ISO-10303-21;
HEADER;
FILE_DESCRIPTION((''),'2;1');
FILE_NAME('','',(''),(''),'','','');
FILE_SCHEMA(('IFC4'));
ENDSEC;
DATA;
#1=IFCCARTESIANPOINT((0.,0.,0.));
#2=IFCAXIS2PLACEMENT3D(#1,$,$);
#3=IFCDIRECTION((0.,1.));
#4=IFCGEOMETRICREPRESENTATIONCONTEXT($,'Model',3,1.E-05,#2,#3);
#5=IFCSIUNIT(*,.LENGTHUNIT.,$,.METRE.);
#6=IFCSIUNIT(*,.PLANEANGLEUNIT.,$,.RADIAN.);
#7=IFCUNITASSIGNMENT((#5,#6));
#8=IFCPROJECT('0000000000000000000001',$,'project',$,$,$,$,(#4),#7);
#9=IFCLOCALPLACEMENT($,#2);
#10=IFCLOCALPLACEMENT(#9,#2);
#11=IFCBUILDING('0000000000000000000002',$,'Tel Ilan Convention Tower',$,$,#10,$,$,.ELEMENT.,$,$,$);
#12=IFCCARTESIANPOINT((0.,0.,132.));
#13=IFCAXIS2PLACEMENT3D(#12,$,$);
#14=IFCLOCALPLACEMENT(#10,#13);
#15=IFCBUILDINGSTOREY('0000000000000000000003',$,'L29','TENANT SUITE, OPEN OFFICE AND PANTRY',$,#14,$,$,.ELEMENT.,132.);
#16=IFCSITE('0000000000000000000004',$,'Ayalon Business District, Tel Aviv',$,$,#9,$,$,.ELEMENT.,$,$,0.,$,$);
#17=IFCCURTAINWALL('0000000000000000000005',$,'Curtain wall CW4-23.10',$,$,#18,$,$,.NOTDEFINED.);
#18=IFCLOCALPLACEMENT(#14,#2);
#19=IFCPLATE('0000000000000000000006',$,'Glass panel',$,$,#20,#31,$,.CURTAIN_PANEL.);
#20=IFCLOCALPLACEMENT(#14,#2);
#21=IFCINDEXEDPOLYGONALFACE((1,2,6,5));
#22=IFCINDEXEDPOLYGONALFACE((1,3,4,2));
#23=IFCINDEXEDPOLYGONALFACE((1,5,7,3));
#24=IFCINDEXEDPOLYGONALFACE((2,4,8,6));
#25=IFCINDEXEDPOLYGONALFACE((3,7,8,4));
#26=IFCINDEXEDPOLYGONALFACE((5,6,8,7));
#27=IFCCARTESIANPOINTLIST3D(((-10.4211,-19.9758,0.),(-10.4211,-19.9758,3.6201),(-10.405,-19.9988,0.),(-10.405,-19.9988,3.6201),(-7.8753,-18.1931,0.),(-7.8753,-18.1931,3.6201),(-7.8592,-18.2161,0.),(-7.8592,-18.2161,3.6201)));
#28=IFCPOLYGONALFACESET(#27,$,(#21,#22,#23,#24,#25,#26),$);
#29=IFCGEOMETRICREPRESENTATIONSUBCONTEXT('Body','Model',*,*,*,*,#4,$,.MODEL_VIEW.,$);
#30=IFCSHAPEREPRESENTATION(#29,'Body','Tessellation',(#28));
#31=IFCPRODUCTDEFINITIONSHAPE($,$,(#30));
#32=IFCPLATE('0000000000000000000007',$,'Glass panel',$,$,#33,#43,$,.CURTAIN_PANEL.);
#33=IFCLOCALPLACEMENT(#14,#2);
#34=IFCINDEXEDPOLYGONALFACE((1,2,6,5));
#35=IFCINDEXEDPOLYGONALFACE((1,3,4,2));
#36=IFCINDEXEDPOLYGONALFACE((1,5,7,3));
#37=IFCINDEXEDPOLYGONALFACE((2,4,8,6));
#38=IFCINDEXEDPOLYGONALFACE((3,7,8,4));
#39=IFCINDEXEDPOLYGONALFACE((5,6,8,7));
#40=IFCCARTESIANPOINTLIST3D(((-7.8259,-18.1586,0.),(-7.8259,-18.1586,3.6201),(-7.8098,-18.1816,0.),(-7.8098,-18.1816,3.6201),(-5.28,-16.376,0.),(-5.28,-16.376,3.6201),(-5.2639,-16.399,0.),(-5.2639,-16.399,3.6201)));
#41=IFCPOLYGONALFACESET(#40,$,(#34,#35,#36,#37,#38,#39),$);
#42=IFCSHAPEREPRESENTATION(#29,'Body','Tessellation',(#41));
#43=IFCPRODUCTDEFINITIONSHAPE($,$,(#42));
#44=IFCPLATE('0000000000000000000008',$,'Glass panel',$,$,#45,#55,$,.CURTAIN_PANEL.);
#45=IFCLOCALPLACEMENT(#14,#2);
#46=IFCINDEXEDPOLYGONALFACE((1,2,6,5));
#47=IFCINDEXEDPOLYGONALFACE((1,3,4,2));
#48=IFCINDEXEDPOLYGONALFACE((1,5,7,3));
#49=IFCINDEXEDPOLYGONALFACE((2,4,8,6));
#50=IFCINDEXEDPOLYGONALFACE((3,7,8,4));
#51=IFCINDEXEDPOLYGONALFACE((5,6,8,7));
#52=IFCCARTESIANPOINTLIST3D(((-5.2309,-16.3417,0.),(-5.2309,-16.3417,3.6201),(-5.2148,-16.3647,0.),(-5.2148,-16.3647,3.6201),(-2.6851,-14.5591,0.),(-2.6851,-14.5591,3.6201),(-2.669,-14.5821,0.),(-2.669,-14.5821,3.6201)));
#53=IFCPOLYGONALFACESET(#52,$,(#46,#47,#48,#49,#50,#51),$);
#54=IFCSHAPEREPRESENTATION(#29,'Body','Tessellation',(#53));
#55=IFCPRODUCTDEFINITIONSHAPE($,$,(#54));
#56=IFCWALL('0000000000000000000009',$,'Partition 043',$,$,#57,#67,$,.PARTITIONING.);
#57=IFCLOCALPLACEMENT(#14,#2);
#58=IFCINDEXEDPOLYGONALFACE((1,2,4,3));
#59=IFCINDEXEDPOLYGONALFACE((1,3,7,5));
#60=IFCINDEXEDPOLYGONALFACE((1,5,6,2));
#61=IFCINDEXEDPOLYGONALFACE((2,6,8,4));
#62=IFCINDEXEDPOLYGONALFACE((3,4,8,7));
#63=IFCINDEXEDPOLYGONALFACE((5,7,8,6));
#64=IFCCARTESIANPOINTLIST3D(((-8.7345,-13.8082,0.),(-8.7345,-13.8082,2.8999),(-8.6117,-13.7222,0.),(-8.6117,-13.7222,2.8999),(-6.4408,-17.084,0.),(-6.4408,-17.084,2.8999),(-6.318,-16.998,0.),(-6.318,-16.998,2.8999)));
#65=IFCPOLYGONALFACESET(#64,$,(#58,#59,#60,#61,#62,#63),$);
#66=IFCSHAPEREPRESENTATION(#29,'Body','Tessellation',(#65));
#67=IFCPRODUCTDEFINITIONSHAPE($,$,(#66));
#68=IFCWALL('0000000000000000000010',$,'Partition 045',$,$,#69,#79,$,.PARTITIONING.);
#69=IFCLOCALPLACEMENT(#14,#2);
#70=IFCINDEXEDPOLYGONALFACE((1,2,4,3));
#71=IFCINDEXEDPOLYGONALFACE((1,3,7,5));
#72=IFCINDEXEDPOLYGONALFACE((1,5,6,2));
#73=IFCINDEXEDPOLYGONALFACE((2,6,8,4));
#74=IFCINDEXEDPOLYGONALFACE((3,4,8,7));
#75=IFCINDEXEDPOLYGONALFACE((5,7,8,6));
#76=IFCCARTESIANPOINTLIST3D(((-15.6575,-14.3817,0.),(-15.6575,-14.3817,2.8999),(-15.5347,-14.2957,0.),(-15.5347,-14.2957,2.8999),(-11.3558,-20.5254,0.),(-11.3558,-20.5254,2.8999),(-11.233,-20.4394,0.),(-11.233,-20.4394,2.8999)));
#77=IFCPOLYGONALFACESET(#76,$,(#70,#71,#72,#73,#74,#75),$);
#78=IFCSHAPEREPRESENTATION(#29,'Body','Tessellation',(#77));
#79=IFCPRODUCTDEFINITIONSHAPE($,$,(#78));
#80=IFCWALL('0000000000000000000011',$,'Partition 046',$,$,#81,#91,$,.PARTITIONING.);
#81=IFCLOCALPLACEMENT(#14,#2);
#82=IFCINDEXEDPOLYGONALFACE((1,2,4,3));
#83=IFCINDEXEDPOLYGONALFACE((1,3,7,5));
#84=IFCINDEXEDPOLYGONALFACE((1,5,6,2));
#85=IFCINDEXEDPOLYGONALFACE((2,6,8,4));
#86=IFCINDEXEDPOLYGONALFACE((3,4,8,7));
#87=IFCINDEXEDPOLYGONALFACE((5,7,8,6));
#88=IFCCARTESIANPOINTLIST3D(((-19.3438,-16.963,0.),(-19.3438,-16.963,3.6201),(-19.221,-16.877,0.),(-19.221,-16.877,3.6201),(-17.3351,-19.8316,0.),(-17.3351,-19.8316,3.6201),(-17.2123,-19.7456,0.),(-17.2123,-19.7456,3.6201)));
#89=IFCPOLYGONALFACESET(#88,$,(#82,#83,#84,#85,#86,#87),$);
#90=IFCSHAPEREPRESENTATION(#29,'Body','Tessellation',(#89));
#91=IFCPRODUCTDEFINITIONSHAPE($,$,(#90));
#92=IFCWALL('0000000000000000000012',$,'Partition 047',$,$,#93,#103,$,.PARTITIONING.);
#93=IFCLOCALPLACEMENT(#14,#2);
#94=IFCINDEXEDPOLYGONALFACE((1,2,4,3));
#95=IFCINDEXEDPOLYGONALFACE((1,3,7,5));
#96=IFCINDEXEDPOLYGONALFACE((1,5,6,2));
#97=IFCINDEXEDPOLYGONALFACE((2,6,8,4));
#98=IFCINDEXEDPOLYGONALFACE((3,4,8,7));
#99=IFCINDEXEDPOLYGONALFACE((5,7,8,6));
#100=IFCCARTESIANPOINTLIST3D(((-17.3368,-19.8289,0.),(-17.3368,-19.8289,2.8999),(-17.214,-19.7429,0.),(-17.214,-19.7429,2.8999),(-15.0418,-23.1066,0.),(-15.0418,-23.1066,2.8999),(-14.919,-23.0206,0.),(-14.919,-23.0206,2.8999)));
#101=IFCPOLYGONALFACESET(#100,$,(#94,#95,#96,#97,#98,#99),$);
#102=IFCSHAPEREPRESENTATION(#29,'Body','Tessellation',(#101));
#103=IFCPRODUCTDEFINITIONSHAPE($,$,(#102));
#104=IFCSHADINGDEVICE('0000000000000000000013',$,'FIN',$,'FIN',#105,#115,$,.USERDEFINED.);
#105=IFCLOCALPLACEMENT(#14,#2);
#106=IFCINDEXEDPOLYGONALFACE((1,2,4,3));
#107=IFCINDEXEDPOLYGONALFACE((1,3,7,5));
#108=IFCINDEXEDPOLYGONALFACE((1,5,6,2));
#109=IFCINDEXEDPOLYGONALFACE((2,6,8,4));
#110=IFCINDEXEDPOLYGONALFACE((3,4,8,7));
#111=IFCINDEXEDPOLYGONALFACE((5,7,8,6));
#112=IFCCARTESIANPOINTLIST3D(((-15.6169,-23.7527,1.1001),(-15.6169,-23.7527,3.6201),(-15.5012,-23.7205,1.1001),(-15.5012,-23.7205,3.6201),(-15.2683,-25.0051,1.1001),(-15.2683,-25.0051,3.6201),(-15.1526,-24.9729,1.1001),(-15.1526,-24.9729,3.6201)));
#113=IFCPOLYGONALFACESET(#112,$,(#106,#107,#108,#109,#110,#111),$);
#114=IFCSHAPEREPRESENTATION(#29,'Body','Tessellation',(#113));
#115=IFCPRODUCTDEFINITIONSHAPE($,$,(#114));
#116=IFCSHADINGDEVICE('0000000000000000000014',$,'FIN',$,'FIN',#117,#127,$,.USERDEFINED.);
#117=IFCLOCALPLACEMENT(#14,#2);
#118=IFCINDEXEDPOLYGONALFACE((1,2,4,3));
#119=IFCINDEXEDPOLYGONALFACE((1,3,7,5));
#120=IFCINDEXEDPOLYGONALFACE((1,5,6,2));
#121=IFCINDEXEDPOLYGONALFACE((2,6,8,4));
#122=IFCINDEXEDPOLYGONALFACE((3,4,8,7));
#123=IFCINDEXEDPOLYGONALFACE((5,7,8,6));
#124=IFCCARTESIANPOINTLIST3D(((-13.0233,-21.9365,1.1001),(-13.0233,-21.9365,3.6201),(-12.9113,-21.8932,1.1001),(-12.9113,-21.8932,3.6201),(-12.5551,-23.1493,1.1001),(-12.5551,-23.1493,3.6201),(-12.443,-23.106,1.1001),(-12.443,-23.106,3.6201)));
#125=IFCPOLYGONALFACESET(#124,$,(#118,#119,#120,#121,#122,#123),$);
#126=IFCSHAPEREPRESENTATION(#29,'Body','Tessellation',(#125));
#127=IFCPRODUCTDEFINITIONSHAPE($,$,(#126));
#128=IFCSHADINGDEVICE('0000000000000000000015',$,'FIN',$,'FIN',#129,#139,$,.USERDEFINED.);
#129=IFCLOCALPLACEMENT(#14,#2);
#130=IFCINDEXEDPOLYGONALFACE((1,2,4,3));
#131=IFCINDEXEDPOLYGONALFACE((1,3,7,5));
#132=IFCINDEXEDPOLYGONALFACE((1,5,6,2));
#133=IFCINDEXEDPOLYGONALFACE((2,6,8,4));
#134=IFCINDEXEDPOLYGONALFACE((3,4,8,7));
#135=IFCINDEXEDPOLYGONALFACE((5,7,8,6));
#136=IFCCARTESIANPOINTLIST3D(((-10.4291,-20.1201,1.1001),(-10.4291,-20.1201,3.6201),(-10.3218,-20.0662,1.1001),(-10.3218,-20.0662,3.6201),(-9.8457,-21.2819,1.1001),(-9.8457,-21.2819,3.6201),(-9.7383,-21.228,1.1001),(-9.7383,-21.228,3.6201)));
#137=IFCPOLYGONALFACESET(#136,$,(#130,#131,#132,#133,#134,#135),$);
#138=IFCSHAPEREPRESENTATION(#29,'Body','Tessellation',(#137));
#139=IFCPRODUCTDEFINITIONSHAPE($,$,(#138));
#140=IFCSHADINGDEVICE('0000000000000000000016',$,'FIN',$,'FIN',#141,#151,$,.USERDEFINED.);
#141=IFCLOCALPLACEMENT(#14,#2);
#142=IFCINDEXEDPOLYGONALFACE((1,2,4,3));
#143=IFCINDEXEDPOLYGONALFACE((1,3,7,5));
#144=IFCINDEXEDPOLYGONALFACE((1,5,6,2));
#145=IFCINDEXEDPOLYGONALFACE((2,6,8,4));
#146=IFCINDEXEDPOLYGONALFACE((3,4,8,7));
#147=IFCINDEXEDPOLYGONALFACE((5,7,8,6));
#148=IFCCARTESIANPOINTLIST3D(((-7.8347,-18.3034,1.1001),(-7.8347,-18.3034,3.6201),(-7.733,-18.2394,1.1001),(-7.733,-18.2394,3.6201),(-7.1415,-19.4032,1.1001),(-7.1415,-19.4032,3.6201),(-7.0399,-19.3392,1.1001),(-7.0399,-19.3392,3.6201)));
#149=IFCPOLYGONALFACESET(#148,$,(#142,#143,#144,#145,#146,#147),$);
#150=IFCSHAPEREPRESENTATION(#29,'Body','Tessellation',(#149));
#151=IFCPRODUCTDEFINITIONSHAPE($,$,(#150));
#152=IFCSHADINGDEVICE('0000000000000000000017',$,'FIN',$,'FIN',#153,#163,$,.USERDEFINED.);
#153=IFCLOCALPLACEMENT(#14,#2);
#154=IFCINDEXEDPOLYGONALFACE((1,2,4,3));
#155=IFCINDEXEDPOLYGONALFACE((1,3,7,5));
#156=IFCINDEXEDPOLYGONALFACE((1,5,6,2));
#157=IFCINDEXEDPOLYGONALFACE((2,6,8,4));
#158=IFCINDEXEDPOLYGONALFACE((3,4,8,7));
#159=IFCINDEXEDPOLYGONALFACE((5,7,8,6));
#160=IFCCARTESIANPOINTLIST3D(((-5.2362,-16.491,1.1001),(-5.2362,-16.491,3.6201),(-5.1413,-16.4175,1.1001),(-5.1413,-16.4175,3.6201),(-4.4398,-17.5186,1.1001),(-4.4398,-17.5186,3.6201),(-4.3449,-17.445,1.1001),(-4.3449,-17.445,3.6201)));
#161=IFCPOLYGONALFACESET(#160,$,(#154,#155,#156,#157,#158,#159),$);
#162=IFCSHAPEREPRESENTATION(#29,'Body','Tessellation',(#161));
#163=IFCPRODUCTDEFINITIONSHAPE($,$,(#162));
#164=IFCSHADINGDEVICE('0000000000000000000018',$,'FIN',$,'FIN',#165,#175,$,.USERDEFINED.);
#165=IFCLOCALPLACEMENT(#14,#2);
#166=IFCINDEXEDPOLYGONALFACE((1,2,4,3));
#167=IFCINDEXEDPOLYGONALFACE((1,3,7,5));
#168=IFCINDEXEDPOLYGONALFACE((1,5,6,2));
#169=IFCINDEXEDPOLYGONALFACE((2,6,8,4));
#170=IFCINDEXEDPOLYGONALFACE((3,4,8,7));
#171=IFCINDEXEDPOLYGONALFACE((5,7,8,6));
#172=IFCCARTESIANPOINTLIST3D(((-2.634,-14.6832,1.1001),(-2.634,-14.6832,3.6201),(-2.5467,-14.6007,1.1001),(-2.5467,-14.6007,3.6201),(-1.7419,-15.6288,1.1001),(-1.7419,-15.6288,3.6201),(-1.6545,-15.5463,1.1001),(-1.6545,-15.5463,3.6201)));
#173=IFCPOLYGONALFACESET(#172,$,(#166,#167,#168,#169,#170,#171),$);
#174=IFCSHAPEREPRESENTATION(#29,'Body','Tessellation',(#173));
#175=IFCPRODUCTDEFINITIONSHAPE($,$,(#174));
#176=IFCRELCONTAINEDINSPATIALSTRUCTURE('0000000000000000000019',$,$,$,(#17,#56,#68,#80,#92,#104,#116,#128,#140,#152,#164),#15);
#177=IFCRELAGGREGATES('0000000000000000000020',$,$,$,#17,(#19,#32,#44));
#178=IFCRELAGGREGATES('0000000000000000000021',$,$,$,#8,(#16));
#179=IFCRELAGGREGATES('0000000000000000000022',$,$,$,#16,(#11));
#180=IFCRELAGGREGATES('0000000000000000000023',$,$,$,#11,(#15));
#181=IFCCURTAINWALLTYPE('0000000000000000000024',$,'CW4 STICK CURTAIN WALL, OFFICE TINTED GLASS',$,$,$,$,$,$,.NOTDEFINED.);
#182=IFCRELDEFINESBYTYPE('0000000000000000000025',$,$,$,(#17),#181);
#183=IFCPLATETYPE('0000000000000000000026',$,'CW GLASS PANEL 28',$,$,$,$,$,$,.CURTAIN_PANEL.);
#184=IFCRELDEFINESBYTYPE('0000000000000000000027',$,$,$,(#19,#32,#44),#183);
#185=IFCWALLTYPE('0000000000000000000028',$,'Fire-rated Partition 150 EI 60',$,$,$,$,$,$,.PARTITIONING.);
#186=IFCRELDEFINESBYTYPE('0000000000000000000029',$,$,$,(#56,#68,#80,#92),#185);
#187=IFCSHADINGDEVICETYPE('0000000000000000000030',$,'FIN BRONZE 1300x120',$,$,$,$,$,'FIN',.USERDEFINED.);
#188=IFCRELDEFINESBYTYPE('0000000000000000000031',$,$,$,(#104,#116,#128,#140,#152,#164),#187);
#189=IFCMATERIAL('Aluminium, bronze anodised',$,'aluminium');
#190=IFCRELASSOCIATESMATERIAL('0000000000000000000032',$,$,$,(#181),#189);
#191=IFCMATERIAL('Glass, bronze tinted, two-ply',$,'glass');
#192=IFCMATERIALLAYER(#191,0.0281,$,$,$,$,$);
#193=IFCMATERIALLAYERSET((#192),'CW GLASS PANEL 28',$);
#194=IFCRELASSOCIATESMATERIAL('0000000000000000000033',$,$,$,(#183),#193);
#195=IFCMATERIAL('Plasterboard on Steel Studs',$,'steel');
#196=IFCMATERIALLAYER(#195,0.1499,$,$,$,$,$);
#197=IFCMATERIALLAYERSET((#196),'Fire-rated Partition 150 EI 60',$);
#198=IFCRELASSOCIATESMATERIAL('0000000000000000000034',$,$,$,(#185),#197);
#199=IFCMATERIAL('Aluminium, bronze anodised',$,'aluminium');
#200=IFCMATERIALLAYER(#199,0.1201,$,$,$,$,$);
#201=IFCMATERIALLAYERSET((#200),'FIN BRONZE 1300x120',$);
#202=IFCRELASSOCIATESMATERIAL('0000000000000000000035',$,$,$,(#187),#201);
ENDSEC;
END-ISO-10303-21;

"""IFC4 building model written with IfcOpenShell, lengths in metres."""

from ifc_helpers import new_model, si_unit, direction, frame, frame_2d, origin, origin_2d, place, context, subcontext, project, spatial, rectangle, extrude, material, layer, layer_set, type_object, element, aggregate, save


model = new_model("IFC4")

# Units and contexts
model_context = context("Model", 3, precision=1e-05, world=origin(), true_north=direction((0.0, 1.0)))
body_context = subcontext(model_context, "Body", "Model", "MODEL_VIEW")
ifc_project = project(units=[si_unit("LENGTHUNIT", "METRE"), si_unit("PLANEANGLEUNIT", "RADIAN")], contexts=[model_context])

# Site, building, storey
site_placement = place(None, origin())
site = spatial("IfcSite", under=ifc_project, at=site_placement, Name="Ayalon Business District, Tel Aviv", CompositionType="ELEMENT", RefElevation=0.0)
building_placement = place(site_placement, origin())
building = spatial("IfcBuilding", under=site, at=building_placement, Name="Tel Ilan Convention Tower", CompositionType="ELEMENT")
storey_placement = place(building_placement, frame((0.0, 0.0, 132.0)))
storey = spatial("IfcBuildingStorey", under=building, at=storey_placement, Name="L29", Description="TENANT SUITE, OPEN OFFICE AND PANTRY", CompositionType="ELEMENT", Elevation=132.0)

# Curtain wall, plates
ifc_material_1 = material(Name="Aluminium, bronze anodised", Category="aluminium")
curtain_wall_type = type_object("IfcCurtainWallType", Name="CW4 STICK CURTAIN WALL, OFFICE TINTED GLASS", PredefinedType="NOTDEFINED", material=ifc_material_1)
curtain_wall_placement = place(storey_placement, origin())
curtain_wall = element("IfcCurtainWall", 1, at=curtain_wall_placement, inside=storey, type_object=curtain_wall_type, Name="Curtain wall CW4-23.10", PredefinedType="NOTDEFINED")
ifc_material_2 = material(Name="Glass, bronze tinted, two-ply", Category="glass")
ifc_layer_1 = layer(ifc_material_2, 0.0281)
ifc_layer_set_1 = layer_set([ifc_layer_1], Name="CW GLASS PANEL 28")
plate_type = type_object("IfcPlateType", Name="CW GLASS PANEL 28", PredefinedType="CURTAIN_PANEL", material=ifc_layer_set_1)
plate_1_placement = place(storey_placement, frame((-9.1401, -19.0959, 0.0), z_axis=(0.0, 0.0, 1.0), x_axis=(0.819152, 0.573576, 0.0)))
plate_1 = element("IfcPlate", 2, at=plate_1_placement, type_object=plate_type, Name="Glass panel", PredefinedType="CURTAIN_PANEL", context=body_context, shape_type="SweptSolid", body=[
    extrude(rectangle(XDim=3.1079, YDim=0.0281, at=origin_2d()), origin(), (0.0, 0.0, 1.0), 3.6201),
])
plate_2_placement = place(storey_placement, frame((-6.5449, -17.2788, 0.0), z_axis=(0.0, 0.0, 1.0), x_axis=(0.819152, 0.573576, 0.0)))
plate_2 = element("IfcPlate", 3, at=plate_2_placement, type_object=plate_type, Name="Glass panel", PredefinedType="CURTAIN_PANEL", context=body_context, shape_type="SweptSolid", body=[
    extrude(rectangle(XDim=3.1079, YDim=0.0281, at=origin_2d()), origin(), (0.0, 0.0, 1.0), 3.6201),
])
plate_3_placement = place(storey_placement, frame((-3.95, -15.4619, 0.0), z_axis=(0.0, 0.0, 1.0), x_axis=(0.819152, 0.573576, 0.0)))
plate_3 = element("IfcPlate", 4, at=plate_3_placement, type_object=plate_type, Name="Glass panel", PredefinedType="CURTAIN_PANEL", context=body_context, shape_type="SweptSolid", body=[
    extrude(rectangle(XDim=3.1079, YDim=0.0281, at=origin_2d()), origin(), (0.0, 0.0, 1.0), 3.6201),
])
aggregate(curtain_wall, [plate_1, plate_2, plate_3])

# Walls
ifc_material_3 = material(Name="Plasterboard on Steel Studs", Category="steel")
ifc_layer_2 = layer(ifc_material_3, 0.1499)
ifc_layer_set_2 = layer_set([ifc_layer_2], Name="Fire-rated Partition 150 EI 60")
wall_type = type_object("IfcWallType", Name="Fire-rated Partition 150 EI 60", PredefinedType="PARTITIONING", material=ifc_layer_set_2)
wall_1_placement = place(storey_placement, frame((-6.3794, -17.041, 0.0), z_axis=(0.0, 0.0, 1.0), x_axis=(-0.573561, 0.819163, 0.0)))
element("IfcWall", 5, at=wall_1_placement, inside=storey, type_object=wall_type, Name="Partition 043", PredefinedType="PARTITIONING", context=body_context, shape_type="SweptSolid", body=[
    extrude(rectangle(XDim=3.999, YDim=0.1499, at=frame_2d((1.9995, 0.0))), origin(), (0.0, 0.0, 1.0), 2.8999),
])
wall_2_placement = place(storey_placement, frame((-11.2944, -20.4824, 0.0), z_axis=(0.0, 0.0, 1.0), x_axis=(-0.573561, 0.819163, 0.0)))
element("IfcWall", 6, at=wall_2_placement, inside=storey, type_object=wall_type, Name="Partition 045", PredefinedType="PARTITIONING", context=body_context, shape_type="SweptSolid", body=[
    extrude(rectangle(XDim=7.5, YDim=0.1499, at=frame_2d((3.75, 0.0))), origin(), (0.0, 0.0, 1.0), 2.8999),
])
wall_3_placement = place(storey_placement, frame((-17.2737, -19.7886, 0.0), z_axis=(0.0, 0.0, 1.0), x_axis=(-0.573603, 0.819134, 0.0)))
element("IfcWall", 7, at=wall_3_placement, inside=storey, type_object=wall_type, Name="Partition 046", PredefinedType="PARTITIONING", context=body_context, shape_type="SweptSolid", body=[
    extrude(rectangle(XDim=3.502, YDim=0.1499, at=frame_2d((1.751, 0.0))), origin(), (0.0, 0.0, 1.0), 3.6201),
])
wall_4_placement = place(storey_placement, frame((-14.9805, -23.0635, 0.0), z_axis=(0.0, 0.0, 1.0), x_axis=(-0.573565, 0.81916, 0.0)))
element("IfcWall", 8, at=wall_4_placement, inside=storey, type_object=wall_type, Name="Partition 047", PredefinedType="PARTITIONING", context=body_context, shape_type="SweptSolid", body=[
    extrude(rectangle(XDim=4.0012, YDim=0.1499, at=frame_2d((2.0005, 0.0))), origin(), (0.0, 0.0, 1.0), 2.8999),
])

# Shading devices
ifc_material_4 = material(Name="Aluminium, bronze anodised", Category="aluminium")
ifc_layer_3 = layer(ifc_material_4, 0.1201)
ifc_layer_set_3 = layer_set([ifc_layer_3], Name="FIN BRONZE 1300x120")
shading_device_type = type_object("IfcShadingDeviceType", Name="FIN BRONZE 1300x120", ElementType="FIN", PredefinedType="USERDEFINED", material=ifc_layer_set_3)
for number, where, z_axis, x_axis, name in (
    (9, (-15.3848, -24.3628, 1.1001), (0.0, 0.0, 1.0), (0.268173, -0.963371, 0.0), "FIN"),
    (10, (-12.7332, -22.5212, 1.1001), (0.0, 0.0, 1.0), (0.360178, -0.932884, 0.0), "FIN"),
    (11, (-10.0837, -20.6741, 1.1001), (0.0, 0.0, 1.0), (0.448799, -0.893633, 0.0), "FIN"),
    (12, (-7.4373, -18.8213, 1.1001), (0.0, 0.0, 1.0), (0.533204, -0.845986, 0.0), "FIN"),
    (13, (-4.7905, -16.968, 1.1001), (0.0, 0.0, 1.0), (0.612601, -0.790393, 0.0), "FIN"),
    (14, (-2.1443, -15.1147, 1.1001), (0.0, 0.0, 1.0), (0.686242, -0.727374, 0.0), "FIN"),
):
    element("IfcShadingDevice", number, at=place(storey_placement, frame(where, z_axis=z_axis, x_axis=x_axis)), inside=storey, type_object=shading_device_type, Name=name, ObjectType="FIN", PredefinedType="USERDEFINED", context=body_context, shape_type="SweptSolid", body=[
        extrude(rectangle(XDim=1.3, YDim=0.1201, at=origin_2d()), origin(), (0.0, 0.0, 1.0), 2.52),
    ])

save(model, "model.ifc")
